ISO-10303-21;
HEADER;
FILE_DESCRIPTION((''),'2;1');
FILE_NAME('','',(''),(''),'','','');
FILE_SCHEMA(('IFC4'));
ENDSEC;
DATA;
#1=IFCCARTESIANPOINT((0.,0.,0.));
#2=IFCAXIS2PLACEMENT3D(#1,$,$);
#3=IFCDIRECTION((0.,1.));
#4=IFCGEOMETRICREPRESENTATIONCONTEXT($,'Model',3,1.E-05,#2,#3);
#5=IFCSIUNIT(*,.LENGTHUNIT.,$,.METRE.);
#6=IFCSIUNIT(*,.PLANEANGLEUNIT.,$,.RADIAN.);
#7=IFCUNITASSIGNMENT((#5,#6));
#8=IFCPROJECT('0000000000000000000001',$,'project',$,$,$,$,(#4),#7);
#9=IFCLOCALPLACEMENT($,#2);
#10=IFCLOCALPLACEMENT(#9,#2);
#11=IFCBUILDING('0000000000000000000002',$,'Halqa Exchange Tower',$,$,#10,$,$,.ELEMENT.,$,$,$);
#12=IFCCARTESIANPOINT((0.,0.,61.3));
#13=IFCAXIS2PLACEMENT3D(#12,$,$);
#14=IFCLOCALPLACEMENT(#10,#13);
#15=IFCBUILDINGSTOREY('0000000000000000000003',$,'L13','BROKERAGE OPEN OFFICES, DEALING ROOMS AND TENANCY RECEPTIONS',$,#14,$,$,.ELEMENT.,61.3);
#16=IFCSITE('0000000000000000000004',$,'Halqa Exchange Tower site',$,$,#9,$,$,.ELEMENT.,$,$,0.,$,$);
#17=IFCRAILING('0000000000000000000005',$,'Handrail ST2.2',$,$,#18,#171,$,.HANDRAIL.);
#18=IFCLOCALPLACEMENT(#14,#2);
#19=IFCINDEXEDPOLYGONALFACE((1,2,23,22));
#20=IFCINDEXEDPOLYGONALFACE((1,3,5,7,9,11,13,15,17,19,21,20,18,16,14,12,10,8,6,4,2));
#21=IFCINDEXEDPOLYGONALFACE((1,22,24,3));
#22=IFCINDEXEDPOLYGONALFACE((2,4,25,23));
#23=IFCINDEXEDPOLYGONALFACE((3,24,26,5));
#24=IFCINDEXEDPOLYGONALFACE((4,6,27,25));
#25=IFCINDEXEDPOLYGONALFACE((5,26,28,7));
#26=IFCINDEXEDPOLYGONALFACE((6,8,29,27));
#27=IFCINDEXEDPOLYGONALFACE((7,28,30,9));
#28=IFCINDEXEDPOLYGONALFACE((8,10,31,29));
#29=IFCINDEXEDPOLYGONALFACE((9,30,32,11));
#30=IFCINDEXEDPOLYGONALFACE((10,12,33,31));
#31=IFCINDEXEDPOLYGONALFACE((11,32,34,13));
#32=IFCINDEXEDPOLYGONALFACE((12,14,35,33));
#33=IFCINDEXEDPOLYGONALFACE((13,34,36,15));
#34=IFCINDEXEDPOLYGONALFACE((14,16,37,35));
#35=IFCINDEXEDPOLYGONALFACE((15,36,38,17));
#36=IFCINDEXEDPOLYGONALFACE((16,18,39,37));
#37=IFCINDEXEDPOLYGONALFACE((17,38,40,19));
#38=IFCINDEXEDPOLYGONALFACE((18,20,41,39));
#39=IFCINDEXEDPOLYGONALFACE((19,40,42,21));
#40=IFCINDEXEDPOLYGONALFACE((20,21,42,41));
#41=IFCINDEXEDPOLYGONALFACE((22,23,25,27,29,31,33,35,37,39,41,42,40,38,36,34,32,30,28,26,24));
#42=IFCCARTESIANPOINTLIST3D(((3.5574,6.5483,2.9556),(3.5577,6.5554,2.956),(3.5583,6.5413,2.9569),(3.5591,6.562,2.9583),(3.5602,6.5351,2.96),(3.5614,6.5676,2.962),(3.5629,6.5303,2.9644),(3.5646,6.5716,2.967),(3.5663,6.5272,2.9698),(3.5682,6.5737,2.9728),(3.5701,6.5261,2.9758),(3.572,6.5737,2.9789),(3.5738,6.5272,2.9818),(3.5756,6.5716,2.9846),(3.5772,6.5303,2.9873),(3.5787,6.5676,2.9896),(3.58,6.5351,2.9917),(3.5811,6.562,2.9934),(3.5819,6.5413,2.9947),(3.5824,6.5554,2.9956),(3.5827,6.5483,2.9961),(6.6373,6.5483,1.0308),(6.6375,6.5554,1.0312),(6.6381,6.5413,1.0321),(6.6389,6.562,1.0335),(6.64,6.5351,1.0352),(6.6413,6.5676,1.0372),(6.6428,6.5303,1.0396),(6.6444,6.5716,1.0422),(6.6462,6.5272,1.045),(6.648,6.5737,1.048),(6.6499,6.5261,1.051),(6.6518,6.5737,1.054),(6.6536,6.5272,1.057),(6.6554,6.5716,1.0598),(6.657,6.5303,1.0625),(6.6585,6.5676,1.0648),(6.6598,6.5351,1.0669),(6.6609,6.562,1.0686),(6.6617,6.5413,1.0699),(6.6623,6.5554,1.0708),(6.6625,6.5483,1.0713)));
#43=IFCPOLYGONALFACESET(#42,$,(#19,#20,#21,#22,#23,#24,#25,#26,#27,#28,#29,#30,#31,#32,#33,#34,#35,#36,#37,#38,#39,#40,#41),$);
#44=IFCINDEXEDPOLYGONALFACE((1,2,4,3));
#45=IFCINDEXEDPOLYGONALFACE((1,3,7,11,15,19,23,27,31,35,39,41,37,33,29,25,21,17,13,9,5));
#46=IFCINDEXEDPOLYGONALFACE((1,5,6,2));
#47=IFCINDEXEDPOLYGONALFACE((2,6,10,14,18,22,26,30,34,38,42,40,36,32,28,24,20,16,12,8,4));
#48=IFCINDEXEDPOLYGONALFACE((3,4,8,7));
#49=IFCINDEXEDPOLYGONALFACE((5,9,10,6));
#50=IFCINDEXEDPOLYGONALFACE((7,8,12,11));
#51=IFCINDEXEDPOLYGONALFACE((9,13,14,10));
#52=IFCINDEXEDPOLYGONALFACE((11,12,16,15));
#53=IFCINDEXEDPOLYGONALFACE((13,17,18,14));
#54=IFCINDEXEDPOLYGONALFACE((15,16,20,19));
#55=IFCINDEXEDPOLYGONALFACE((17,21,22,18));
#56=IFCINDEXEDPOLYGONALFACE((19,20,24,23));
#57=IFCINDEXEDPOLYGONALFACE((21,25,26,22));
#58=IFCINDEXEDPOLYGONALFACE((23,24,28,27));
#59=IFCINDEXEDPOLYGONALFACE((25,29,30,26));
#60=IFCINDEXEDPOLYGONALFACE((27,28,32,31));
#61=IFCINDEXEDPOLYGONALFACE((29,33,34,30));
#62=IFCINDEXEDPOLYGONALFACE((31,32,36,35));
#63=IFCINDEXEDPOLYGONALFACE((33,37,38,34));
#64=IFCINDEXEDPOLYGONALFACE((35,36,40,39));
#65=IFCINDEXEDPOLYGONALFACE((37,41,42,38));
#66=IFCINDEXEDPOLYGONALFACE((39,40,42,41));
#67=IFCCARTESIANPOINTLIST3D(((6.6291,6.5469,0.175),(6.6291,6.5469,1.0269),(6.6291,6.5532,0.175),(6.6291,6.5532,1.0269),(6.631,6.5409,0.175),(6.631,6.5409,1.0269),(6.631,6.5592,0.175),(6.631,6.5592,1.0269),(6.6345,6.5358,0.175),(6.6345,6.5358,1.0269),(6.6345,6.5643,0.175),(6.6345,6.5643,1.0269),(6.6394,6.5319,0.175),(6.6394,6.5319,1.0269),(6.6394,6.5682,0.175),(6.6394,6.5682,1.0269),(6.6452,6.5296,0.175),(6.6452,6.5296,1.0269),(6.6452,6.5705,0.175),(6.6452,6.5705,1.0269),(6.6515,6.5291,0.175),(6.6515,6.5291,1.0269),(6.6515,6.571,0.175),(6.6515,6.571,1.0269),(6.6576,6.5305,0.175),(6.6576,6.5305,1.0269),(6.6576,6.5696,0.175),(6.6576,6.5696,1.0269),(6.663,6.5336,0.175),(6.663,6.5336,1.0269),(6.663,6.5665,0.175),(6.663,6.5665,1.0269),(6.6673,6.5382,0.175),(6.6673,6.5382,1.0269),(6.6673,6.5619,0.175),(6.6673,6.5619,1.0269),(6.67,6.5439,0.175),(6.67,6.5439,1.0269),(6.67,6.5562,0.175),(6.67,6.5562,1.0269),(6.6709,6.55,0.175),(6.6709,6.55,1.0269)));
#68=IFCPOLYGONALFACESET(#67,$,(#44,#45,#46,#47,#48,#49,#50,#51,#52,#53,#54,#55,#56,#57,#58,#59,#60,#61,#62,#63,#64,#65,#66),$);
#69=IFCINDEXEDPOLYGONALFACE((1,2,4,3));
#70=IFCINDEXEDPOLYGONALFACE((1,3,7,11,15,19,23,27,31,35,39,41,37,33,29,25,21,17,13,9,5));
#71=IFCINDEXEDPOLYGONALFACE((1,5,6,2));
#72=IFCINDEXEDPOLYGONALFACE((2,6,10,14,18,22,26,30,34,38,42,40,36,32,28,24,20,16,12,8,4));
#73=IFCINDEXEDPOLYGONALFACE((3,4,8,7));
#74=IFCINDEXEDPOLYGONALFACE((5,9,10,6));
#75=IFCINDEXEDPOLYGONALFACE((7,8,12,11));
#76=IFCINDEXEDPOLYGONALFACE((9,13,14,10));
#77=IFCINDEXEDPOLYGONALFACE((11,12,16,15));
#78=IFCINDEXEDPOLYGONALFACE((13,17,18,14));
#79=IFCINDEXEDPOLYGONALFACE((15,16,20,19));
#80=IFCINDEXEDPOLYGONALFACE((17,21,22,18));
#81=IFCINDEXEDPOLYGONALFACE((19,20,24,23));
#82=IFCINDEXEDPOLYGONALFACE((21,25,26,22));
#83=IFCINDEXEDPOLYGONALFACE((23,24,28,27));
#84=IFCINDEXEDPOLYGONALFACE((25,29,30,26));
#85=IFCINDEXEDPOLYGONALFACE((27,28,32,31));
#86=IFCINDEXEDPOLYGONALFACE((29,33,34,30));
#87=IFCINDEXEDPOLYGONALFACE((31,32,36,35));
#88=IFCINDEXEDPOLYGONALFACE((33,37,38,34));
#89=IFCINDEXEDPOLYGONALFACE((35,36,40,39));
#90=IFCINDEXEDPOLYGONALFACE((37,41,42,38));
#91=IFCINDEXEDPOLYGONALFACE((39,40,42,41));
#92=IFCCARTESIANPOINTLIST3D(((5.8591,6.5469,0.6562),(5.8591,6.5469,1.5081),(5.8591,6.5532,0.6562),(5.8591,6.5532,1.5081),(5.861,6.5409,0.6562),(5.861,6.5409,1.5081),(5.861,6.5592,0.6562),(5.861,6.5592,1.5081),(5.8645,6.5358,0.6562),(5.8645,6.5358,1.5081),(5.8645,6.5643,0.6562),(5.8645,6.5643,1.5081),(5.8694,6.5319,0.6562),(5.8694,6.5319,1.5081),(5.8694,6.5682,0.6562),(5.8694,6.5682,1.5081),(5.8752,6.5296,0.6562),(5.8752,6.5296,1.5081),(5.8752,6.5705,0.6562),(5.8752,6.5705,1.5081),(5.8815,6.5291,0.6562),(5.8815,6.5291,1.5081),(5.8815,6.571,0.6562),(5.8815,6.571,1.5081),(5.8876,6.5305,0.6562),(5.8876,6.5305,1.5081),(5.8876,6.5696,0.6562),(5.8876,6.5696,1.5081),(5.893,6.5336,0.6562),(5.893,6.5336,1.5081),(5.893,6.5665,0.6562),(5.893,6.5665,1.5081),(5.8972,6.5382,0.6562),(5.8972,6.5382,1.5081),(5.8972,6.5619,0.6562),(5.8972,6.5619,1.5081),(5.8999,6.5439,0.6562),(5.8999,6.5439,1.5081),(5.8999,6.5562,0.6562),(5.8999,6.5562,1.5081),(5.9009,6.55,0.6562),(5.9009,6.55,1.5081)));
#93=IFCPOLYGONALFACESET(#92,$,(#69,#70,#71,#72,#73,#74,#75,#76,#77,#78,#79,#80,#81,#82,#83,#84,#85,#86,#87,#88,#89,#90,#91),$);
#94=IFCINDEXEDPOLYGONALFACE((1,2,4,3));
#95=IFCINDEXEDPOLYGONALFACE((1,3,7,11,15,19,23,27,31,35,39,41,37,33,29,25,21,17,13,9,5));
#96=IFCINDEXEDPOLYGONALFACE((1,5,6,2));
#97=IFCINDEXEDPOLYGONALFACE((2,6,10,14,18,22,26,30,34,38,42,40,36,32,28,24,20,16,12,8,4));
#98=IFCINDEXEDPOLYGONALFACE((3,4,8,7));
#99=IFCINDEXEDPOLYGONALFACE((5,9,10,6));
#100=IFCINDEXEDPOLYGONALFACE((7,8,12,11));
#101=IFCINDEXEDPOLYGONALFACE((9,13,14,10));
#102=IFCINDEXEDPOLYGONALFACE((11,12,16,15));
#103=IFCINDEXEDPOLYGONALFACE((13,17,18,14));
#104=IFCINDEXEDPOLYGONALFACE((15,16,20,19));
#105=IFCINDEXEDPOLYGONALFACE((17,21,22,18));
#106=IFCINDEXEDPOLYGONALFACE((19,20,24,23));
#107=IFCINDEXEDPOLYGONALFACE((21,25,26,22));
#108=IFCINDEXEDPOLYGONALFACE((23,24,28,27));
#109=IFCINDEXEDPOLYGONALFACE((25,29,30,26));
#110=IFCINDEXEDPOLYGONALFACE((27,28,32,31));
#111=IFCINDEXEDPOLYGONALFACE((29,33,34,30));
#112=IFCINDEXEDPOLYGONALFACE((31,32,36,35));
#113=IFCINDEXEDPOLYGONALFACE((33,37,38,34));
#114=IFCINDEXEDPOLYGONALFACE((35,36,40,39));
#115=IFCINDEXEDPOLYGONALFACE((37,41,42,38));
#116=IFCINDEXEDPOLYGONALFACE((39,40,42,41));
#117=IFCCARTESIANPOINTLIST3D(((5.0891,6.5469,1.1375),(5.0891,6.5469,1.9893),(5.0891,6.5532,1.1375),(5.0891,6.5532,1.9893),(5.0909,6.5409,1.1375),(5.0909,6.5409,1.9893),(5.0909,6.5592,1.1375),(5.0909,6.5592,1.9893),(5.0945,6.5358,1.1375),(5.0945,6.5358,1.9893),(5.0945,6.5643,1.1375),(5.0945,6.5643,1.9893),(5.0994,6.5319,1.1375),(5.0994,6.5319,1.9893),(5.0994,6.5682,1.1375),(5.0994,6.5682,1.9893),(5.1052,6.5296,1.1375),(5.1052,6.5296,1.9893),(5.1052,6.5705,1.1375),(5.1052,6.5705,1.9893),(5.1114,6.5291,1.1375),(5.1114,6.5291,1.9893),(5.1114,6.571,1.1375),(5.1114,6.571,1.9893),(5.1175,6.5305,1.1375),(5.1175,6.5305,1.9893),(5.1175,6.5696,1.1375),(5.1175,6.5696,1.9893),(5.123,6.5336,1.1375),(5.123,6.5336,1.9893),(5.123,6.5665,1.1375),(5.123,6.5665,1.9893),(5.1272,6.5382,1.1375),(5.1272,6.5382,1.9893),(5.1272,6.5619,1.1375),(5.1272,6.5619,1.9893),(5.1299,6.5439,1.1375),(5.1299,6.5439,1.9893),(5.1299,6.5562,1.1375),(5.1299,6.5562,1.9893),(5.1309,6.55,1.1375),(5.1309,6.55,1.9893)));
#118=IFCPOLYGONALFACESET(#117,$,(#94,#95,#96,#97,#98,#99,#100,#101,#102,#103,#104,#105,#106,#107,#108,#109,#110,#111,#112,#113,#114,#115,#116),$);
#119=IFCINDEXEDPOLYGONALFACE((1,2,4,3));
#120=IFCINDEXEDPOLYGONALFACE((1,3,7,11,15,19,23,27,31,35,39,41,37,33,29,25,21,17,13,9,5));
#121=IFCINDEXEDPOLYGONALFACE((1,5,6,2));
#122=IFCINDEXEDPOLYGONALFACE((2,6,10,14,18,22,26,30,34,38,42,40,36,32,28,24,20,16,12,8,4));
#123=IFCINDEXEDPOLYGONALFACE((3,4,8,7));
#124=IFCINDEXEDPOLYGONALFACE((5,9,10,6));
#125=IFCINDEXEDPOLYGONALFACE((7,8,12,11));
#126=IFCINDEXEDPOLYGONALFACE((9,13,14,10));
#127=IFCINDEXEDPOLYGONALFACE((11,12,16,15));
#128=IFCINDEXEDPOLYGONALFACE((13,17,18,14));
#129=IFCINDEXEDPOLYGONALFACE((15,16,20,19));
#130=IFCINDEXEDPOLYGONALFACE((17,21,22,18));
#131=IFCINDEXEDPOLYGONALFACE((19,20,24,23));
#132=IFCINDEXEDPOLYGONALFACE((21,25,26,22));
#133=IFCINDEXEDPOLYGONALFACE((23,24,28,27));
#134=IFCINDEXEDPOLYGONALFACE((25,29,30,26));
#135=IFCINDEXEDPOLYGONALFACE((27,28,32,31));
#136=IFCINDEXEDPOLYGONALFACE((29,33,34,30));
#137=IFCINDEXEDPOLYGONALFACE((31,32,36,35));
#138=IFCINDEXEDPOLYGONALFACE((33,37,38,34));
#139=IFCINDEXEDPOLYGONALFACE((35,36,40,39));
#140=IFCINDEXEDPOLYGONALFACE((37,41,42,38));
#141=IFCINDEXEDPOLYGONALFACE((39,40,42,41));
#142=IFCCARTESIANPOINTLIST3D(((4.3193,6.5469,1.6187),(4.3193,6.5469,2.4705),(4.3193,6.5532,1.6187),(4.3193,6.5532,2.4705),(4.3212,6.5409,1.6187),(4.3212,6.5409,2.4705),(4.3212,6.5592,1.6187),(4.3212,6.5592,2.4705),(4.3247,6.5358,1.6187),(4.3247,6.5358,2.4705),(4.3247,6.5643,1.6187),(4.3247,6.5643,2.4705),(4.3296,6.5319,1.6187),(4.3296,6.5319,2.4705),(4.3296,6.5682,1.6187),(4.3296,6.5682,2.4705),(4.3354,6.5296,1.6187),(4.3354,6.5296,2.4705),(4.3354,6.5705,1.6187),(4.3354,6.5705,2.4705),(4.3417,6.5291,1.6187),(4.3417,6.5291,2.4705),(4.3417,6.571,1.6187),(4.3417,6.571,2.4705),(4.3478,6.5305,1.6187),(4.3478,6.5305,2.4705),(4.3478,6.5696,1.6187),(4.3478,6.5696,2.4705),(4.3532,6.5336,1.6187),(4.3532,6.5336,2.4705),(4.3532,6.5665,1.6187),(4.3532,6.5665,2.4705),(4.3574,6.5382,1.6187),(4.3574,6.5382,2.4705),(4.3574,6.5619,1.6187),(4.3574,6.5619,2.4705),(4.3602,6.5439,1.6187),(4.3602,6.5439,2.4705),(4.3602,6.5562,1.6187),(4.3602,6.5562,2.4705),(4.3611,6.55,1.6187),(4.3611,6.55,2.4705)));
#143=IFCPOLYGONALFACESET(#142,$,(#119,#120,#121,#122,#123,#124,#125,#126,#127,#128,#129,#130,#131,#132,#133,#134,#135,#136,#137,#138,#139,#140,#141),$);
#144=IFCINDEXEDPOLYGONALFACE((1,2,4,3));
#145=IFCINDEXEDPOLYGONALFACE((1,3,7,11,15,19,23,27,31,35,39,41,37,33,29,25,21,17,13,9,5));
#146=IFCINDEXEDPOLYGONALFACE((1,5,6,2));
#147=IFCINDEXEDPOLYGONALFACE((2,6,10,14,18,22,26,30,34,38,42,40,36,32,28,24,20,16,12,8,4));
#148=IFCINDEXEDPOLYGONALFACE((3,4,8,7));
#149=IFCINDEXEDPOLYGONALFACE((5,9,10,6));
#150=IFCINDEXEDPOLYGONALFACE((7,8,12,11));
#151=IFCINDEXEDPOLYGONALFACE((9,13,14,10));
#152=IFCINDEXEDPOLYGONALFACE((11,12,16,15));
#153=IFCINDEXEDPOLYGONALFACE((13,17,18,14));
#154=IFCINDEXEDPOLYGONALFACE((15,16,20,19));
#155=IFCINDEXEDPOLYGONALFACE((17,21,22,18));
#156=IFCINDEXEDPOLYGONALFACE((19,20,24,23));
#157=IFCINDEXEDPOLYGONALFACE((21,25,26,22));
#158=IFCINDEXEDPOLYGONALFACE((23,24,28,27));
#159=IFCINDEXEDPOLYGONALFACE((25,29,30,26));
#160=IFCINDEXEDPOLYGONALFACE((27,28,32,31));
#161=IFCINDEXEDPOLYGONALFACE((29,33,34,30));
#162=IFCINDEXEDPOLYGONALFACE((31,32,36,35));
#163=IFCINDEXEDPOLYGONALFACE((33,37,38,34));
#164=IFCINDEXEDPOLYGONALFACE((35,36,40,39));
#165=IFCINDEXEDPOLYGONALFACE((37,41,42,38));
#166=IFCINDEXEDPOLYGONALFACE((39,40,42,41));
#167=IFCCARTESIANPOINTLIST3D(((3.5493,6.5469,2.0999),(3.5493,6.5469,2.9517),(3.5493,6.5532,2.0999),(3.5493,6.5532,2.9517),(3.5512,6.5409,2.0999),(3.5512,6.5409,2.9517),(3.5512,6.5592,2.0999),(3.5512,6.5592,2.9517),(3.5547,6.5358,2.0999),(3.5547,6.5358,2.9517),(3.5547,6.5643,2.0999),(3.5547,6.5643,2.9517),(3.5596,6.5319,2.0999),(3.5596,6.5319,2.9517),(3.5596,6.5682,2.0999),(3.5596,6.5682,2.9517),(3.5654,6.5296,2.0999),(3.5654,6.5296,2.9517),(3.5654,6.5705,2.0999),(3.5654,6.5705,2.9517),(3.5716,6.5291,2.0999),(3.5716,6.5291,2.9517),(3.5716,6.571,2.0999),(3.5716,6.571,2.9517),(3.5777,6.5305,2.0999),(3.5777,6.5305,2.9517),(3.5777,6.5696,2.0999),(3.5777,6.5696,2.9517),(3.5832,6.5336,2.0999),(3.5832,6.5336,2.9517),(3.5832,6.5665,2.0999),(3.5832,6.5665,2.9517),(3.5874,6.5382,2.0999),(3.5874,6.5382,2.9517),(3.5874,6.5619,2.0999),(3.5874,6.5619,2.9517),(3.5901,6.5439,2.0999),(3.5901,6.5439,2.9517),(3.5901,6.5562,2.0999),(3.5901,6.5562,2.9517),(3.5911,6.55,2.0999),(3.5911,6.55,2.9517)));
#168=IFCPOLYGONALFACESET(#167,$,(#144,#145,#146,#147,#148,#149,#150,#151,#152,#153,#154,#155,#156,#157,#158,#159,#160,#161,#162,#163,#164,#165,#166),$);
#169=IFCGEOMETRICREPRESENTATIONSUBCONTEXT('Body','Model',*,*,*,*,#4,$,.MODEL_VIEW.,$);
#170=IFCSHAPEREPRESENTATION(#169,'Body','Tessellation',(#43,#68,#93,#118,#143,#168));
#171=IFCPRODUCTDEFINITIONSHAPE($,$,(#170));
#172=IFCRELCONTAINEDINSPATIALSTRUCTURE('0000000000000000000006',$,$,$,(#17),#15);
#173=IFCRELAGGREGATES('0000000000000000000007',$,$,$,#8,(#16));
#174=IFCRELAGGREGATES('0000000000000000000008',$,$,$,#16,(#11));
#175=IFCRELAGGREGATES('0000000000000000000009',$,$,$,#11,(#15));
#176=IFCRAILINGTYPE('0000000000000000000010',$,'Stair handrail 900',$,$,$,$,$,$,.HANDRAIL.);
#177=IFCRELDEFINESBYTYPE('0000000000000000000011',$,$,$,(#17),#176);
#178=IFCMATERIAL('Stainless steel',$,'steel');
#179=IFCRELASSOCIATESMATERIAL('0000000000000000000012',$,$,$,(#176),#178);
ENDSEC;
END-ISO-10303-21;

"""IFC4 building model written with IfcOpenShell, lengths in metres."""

from ifc_helpers import new_model, si_unit, direction, frame, origin, origin_2d, place, context, subcontext, project, spatial, circle, extrude, material, type_object, element, save


model = new_model("IFC4")

# Units and contexts
model_context = context("Model", 3, precision=1e-05, world=origin(), true_north=direction((0.0, 1.0)))
body_context = subcontext(model_context, "Body", "Model", "MODEL_VIEW")
ifc_project = project(units=[si_unit("LENGTHUNIT", "METRE"), si_unit("PLANEANGLEUNIT", "RADIAN")], contexts=[model_context])

# Site, building, storey
site_placement = place(None, origin())
site = spatial("IfcSite", under=ifc_project, at=site_placement, Name="Halqa Exchange Tower site", CompositionType="ELEMENT", RefElevation=0.0)
building_placement = place(site_placement, origin())
building = spatial("IfcBuilding", under=site, at=building_placement, Name="Halqa Exchange Tower", CompositionType="ELEMENT")
storey_placement = place(building_placement, frame((0.0, 0.0, 61.3)))
storey = spatial("IfcBuildingStorey", under=building, at=storey_placement, Name="L13", Description="BROKERAGE OPEN OFFICES, DEALING ROOMS AND TENANCY RECEPTIONS", CompositionType="ELEMENT", Elevation=61.3)

# Railing
ifc_material_1 = material(Name="Stainless steel", Category="steel")
railing_type_1 = type_object("IfcRailingType", Name="Stair handrail 900", PredefinedType="HANDRAIL", material=ifc_material_1)
railing_1_placement = place(storey_placement, frame((6.6499, 6.55, 0.175)))
element("IfcRailing", 1, at=railing_1_placement, inside=storey, type_object=railing_type_1, Name="Handrail ST2.2", PredefinedType="HANDRAIL", context=body_context, shape_type="SweptSolid", body=[
    extrude(circle(Radius=0.0239, at=origin_2d()), frame((0.0, 0.0, 0.876), z_axis=(-0.84801, 0.0, 0.529981), x_axis=(0.0, -1.0, 0.0)), (0.0, 0.0, 1.0), 3.6318),
    extrude(circle(Radius=0.021, at=origin_2d()), origin(), (0.0, 0.0, 1.0), 0.8518),
    extrude(circle(Radius=0.021, at=origin_2d()), frame((-0.77, 0.0, 0.4812)), (0.0, 0.0, 1.0), 0.8518),
    extrude(circle(Radius=0.021, at=origin_2d()), frame((-1.54, 0.0, 0.9624)), (0.0, 0.0, 1.0), 0.8518),
    extrude(circle(Radius=0.021, at=origin_2d()), frame((-2.3098, 0.0, 1.4436)), (0.0, 0.0, 1.0), 0.8518),
    extrude(circle(Radius=0.021, at=origin_2d()), frame((-3.0798, 0.0, 1.9248)), (0.0, 0.0, 1.0), 0.8518),
])

save(model, "model.ifc")
